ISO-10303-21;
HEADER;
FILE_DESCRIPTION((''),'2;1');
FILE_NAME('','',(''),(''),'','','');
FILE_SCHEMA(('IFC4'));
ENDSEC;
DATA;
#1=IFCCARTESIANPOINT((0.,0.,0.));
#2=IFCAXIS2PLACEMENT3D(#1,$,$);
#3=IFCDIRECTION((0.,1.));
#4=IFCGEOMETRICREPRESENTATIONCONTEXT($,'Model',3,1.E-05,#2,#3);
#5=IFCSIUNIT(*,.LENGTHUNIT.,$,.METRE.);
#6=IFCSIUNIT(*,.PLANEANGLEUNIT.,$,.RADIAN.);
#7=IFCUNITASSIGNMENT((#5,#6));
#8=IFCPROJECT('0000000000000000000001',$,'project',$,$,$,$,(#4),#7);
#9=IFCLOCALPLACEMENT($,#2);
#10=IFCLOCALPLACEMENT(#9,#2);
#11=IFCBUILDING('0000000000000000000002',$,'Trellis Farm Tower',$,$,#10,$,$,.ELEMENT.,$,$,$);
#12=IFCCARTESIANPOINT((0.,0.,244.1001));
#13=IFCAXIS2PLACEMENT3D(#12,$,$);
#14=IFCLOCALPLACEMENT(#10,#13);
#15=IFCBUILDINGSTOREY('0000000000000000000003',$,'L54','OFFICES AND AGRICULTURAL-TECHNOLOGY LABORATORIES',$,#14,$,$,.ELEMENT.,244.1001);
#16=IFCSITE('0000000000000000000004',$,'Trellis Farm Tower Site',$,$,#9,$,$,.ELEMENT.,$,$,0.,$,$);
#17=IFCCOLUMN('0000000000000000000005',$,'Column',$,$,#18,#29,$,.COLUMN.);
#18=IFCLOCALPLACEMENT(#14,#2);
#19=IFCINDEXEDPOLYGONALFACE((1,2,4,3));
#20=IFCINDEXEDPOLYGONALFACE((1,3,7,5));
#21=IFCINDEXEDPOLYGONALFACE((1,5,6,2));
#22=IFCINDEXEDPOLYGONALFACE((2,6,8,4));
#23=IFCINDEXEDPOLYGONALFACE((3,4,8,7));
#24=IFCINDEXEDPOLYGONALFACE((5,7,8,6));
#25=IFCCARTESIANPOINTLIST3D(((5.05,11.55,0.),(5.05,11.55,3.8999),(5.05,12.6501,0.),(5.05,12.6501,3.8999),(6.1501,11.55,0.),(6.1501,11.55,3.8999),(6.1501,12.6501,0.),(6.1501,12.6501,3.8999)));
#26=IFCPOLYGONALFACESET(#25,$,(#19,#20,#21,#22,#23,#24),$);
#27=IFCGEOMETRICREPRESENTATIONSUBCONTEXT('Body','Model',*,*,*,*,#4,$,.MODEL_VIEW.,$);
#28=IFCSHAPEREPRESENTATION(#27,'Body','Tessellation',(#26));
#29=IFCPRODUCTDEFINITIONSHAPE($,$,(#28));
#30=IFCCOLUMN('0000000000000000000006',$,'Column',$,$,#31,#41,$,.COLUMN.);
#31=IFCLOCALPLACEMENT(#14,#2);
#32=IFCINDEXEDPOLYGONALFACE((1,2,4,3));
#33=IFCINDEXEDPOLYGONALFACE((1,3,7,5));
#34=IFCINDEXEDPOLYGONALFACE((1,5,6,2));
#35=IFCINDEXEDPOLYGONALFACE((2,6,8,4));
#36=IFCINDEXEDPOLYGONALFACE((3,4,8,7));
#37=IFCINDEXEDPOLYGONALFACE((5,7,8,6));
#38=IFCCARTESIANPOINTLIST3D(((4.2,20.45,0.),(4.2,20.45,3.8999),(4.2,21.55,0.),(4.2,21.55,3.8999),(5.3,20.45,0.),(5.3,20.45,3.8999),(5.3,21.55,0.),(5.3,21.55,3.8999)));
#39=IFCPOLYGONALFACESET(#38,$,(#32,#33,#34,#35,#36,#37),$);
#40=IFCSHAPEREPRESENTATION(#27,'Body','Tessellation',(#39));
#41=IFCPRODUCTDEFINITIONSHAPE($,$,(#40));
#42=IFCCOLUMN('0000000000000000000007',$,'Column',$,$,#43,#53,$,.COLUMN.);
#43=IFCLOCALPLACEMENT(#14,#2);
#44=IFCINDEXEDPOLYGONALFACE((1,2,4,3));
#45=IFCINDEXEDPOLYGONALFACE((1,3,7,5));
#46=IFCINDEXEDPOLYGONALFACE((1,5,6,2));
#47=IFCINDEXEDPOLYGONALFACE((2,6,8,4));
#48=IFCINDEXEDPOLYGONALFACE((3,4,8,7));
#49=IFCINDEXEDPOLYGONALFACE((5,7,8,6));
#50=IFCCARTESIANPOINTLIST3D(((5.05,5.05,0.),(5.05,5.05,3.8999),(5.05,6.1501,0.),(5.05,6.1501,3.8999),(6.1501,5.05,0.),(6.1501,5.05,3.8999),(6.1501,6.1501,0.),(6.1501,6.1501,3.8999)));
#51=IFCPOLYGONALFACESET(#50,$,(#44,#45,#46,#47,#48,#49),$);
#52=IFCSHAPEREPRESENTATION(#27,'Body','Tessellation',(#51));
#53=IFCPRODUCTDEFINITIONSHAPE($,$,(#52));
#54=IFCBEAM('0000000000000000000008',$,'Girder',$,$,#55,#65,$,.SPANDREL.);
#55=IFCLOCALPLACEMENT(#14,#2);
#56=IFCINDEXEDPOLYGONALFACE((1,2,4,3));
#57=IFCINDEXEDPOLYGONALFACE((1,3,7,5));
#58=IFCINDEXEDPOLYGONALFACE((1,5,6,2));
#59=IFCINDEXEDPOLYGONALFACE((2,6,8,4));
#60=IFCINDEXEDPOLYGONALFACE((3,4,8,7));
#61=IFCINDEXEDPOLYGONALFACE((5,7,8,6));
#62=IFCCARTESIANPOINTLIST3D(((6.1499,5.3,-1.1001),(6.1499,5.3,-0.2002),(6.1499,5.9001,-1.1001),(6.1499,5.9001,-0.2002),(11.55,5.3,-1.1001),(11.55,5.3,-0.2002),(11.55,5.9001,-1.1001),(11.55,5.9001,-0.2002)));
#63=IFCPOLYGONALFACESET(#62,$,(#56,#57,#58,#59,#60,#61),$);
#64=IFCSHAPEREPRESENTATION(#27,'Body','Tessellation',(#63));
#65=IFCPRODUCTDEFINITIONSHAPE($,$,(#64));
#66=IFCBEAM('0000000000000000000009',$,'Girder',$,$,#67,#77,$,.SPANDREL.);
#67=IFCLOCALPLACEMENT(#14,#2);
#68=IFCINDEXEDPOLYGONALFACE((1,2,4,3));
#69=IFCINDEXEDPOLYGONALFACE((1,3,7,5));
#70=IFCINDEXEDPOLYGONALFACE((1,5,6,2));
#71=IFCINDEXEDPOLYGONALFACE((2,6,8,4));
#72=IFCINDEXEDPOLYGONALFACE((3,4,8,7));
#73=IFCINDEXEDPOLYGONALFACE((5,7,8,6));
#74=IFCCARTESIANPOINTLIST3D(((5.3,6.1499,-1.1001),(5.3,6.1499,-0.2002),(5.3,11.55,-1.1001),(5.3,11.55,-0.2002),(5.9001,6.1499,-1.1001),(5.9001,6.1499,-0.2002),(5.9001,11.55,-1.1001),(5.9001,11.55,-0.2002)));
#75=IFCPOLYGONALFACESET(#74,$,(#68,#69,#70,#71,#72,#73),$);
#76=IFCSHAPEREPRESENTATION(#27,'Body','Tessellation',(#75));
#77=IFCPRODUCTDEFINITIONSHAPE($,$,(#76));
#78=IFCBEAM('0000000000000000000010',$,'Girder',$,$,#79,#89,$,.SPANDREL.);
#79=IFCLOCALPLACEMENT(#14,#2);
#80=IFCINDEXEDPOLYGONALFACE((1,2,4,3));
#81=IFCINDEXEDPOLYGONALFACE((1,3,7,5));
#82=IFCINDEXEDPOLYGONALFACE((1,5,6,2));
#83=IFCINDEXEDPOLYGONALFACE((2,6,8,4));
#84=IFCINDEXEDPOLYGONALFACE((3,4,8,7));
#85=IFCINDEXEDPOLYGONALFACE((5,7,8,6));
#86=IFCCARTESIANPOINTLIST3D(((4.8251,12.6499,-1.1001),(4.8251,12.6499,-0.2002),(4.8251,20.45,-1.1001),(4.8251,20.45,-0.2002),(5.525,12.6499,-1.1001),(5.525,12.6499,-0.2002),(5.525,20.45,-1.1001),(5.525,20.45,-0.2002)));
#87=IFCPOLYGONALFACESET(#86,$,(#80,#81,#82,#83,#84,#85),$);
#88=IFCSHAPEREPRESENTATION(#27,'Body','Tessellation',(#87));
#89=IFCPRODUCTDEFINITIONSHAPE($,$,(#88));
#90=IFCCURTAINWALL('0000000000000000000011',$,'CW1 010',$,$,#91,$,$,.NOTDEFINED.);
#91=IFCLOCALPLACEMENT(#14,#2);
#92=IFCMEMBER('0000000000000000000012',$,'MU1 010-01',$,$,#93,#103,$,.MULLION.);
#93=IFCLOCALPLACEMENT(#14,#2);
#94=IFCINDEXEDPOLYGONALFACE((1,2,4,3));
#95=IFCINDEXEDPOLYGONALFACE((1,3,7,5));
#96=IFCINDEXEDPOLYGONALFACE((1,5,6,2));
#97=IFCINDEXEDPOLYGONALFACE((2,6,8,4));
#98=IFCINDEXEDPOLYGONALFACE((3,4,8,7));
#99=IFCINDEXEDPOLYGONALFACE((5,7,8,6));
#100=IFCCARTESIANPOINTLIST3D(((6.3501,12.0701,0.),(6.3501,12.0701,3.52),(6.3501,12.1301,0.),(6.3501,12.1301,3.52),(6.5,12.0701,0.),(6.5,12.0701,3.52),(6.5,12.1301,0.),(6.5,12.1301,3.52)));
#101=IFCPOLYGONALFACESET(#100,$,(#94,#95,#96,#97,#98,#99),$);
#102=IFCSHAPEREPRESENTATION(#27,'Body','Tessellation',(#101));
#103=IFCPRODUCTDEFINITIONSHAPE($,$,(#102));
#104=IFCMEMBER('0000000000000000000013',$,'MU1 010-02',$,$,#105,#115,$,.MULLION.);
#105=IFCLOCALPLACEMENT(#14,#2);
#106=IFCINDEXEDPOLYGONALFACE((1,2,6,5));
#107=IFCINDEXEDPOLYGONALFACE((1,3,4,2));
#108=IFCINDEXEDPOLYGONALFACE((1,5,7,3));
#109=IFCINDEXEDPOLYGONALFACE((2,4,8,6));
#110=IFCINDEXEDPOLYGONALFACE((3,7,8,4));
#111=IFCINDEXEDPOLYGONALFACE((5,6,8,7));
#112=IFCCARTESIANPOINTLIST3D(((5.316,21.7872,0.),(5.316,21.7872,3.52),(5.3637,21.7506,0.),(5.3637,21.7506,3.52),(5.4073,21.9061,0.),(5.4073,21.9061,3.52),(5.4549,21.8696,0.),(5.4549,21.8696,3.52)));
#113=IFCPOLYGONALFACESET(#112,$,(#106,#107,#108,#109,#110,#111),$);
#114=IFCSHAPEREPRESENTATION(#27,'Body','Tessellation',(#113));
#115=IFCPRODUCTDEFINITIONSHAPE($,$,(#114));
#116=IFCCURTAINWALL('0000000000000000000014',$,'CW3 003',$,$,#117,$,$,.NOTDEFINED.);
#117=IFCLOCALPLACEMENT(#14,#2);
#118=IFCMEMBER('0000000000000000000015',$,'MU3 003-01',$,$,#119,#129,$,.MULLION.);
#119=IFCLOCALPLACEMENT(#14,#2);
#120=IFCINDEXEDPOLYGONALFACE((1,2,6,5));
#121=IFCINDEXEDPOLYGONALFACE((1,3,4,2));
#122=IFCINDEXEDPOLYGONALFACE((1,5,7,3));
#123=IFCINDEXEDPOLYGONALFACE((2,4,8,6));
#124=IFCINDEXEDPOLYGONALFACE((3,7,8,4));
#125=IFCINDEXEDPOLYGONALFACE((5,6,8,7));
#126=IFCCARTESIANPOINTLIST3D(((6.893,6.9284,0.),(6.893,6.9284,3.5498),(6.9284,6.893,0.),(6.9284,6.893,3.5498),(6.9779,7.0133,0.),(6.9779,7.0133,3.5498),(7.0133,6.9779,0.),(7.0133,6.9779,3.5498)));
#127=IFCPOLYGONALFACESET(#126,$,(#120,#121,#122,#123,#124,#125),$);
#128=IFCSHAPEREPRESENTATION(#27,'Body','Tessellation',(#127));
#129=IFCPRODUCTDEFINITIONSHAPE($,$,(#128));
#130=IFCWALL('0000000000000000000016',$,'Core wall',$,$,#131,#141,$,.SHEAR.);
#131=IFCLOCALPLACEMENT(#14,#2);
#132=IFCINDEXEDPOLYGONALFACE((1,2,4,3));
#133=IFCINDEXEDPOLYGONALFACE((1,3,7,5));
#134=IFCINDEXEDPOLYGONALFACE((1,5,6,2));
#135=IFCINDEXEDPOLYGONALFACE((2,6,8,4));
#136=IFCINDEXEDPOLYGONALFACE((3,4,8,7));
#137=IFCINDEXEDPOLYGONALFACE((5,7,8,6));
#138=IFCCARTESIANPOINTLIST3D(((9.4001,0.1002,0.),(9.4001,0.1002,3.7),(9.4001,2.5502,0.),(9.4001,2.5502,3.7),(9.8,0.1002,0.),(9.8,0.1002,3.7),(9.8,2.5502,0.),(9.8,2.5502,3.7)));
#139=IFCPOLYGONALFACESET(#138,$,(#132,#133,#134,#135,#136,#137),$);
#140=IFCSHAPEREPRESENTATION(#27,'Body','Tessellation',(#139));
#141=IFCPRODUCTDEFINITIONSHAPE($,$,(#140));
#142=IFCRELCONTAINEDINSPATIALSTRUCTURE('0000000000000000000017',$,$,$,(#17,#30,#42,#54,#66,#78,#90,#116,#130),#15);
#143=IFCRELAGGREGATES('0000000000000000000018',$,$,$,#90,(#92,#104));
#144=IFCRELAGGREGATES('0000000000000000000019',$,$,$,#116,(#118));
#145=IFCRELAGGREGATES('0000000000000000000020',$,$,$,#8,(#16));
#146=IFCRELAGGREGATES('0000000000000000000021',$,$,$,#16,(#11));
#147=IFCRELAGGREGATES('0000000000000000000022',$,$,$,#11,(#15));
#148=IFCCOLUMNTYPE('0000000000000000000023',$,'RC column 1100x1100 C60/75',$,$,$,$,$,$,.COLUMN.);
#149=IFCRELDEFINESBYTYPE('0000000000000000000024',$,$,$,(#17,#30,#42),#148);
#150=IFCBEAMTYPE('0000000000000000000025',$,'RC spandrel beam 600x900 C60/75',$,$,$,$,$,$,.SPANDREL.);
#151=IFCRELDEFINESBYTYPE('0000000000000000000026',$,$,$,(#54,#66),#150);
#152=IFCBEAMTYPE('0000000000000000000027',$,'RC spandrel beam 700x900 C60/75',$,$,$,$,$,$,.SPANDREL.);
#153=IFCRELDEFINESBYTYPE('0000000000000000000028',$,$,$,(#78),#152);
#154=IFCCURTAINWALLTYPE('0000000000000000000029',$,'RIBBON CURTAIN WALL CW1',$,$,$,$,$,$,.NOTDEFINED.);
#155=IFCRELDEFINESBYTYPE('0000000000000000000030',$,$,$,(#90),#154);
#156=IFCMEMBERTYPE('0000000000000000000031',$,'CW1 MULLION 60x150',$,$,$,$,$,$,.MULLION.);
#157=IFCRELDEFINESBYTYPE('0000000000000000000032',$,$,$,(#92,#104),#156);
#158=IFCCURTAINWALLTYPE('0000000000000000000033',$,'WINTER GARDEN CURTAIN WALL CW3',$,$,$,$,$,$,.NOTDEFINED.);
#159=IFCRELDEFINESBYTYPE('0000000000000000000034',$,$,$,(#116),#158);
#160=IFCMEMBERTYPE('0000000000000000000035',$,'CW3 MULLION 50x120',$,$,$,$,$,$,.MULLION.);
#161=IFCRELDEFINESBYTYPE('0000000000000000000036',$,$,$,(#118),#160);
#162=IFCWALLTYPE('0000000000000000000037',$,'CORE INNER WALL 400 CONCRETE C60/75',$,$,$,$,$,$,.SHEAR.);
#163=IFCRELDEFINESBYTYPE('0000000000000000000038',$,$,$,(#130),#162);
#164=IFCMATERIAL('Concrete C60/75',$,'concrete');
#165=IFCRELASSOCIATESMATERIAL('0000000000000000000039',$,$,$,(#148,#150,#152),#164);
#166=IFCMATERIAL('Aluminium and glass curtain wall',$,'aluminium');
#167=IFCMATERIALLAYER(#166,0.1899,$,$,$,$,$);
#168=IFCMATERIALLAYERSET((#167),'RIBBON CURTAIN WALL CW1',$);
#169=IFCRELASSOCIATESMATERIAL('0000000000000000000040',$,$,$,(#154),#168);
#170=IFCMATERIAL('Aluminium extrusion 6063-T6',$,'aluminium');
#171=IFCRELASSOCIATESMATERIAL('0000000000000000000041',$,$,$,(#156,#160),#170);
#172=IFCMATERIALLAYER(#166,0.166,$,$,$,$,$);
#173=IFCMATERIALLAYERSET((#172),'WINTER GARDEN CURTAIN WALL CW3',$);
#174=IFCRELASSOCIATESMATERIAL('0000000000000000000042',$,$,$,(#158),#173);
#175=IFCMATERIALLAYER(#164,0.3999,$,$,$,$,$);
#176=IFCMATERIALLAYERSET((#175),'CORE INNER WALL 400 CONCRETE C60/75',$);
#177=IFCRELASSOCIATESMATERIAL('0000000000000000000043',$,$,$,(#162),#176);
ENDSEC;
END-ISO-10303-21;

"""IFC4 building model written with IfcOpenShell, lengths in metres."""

from ifc_helpers import new_model, si_unit, direction, frame, frame_2d, origin, origin_2d, place, context, subcontext, project, spatial, rectangle, extrude, source, transform, mapped, material, layer, layer_set, material_profile, profile_set, type_object, element, aggregate, save


model = new_model("IFC4")

# Units and contexts
model_context = context("Model", 3, precision=1e-05, world=origin(), true_north=direction((0.0, 1.0)))
body_context = subcontext(model_context, "Body", "Model", "MODEL_VIEW")
ifc_project = project(units=[si_unit("LENGTHUNIT", "METRE"), si_unit("PLANEANGLEUNIT", "RADIAN")], contexts=[model_context])

# Site, building, storey
site_placement = place(None, origin())
site = spatial("IfcSite", under=ifc_project, at=site_placement, Name="Trellis Farm Tower Site", CompositionType="ELEMENT", RefElevation=0.0)
building_placement = place(site_placement, origin())
building = spatial("IfcBuilding", under=site, at=building_placement, Name="Trellis Farm Tower", CompositionType="ELEMENT")
storey_placement = place(building_placement, frame((0.0, 0.0, 244.1001)))
storey = spatial("IfcBuildingStorey", under=building, at=storey_placement, Name="L54", Description="OFFICES AND AGRICULTURAL-TECHNOLOGY LABORATORIES", CompositionType="ELEMENT", Elevation=244.1001)

# Columns
ifc_material_1 = material(Name="Concrete C60/75", Category="concrete")
ifc_material_profile_1 = material_profile(ifc_material_1, rectangle(XDim=1.1001, YDim=1.1001, at=origin_2d()), Name="RC column 1100x1100 C60/75")
ifc_profile_set_1 = profile_set([ifc_material_profile_1], Name="Concrete C60/75")
column_type = type_object("IfcColumnType", Name="RC column 1100x1100 C60/75", PredefinedType="COLUMN", material=ifc_profile_set_1)
shared_shape_1 = source(origin(), body_context, "Body", "SweptSolid", [
    extrude(rectangle(XDim=1.1001, YDim=1.1001, at=origin_2d()), origin(), (0.0, 0.0, 1.0), 3.8999),
])
for number, where, z_axis, x_axis, name in (
    (1, (5.6001, 12.1001, 0.0), (0.0, 0.0, 1.0), (1.0, 0.0, 0.0), "Column"),
    (2, (4.75, 21.0, 0.0), (0.0, 0.0, 1.0), (1.0, 0.0, 0.0), "Column"),
    (3, (5.6001, 5.6001, 0.0), (0.0, 0.0, 1.0), (1.0, 0.0, 0.0), "Column"),
):
    element("IfcColumn", number, at=place(storey_placement, frame(where, z_axis=z_axis, x_axis=x_axis)), inside=storey, type_object=column_type, Name=name, PredefinedType="COLUMN", context=body_context, shape_type="MappedRepresentation", body=[
        mapped(shared_shape_1, transform((0.0, 0.0, 0.0))),
    ])

# Beams
ifc_material_profile_2 = material_profile(ifc_material_1, rectangle(XDim=0.6001, YDim=0.8999, at=origin_2d()), Name="RC spandrel beam 600x900 C60/75")
ifc_profile_set_2 = profile_set([ifc_material_profile_2], Name="Concrete C60/75")
beam_type_1 = type_object("IfcBeamType", Name="RC spandrel beam 600x900 C60/75", PredefinedType="SPANDREL", material=ifc_profile_set_2)
shared_shape_2 = source(origin(), body_context, "Body", "SweptSolid", [
    extrude(rectangle(XDim=0.6001, YDim=0.8999, at=origin_2d()), origin(), (0.0, 0.0, 1.0), 5.4001),
])
for number, where, z_axis, x_axis, name in (
    (4, (6.1499, 5.6001, -0.6501), (1.0, 0.0, 0.0), (0.0, 1.0, 0.0), "Girder"),
    (5, (5.6001, 6.1499, -0.6501), (0.0, 1.0, 0.0), (-1.0, 0.0, 0.0), "Girder"),
):
    element("IfcBeam", number, at=place(storey_placement, frame(where, z_axis=z_axis, x_axis=x_axis)), inside=storey, type_object=beam_type_1, Name=name, PredefinedType="SPANDREL", context=body_context, shape_type="MappedRepresentation", body=[
        mapped(shared_shape_2, transform((0.0, 0.0, 0.0))),
    ])
ifc_material_profile_3 = material_profile(ifc_material_1, rectangle(XDim=0.7, YDim=0.8999, at=origin_2d()), Name="RC spandrel beam 700x900 C60/75")
ifc_profile_set_3 = profile_set([ifc_material_profile_3], Name="Concrete C60/75")
beam_type_2 = type_object("IfcBeamType", Name="RC spandrel beam 700x900 C60/75", PredefinedType="SPANDREL", material=ifc_profile_set_3)
shared_shape_3 = source(origin(), body_context, "Body", "SweptSolid", [
    extrude(rectangle(XDim=0.7, YDim=0.8999, at=origin_2d()), origin(), (0.0, 0.0, 1.0), 7.8),
])
beam_placement = place(storey_placement, frame((5.175, 12.6499, -0.6501), z_axis=(0.0, 1.0, 0.0), x_axis=(-1.0, 0.0, 0.0)))
element("IfcBeam", 6, at=beam_placement, inside=storey, type_object=beam_type_2, Name="Girder", PredefinedType="SPANDREL", context=body_context, shape_type="MappedRepresentation", body=[
    mapped(shared_shape_3, transform((0.0, 0.0, 0.0))),
])

# Curtain wall, members
ifc_material_2 = material(Name="Aluminium and glass curtain wall", Category="aluminium")
ifc_layer_1 = layer(ifc_material_2, 0.1899)
ifc_layer_set_1 = layer_set([ifc_layer_1], Name="RIBBON CURTAIN WALL CW1")
curtain_wall_type_1 = type_object("IfcCurtainWallType", Name="RIBBON CURTAIN WALL CW1", PredefinedType="NOTDEFINED", material=ifc_layer_set_1)
placement = place(storey_placement, origin())
curtain_wall_1 = element("IfcCurtainWall", 7, at=placement, inside=storey, type_object=curtain_wall_type_1, Name="CW1 010", PredefinedType="NOTDEFINED")
ifc_material_3 = material(Name="Aluminium extrusion 6063-T6", Category="aluminium")
ifc_material_profile_4 = material_profile(ifc_material_3, rectangle(XDim=0.0601, YDim=0.1499, at=origin_2d()), Name="MULLION 60x150")
ifc_profile_set_4 = profile_set([ifc_material_profile_4], Name="Aluminium extrusion 6063-T6")
member_type_1 = type_object("IfcMemberType", Name="CW1 MULLION 60x150", PredefinedType="MULLION", material=ifc_profile_set_4)
shared_shape_4 = source(origin(), body_context, "Body", "SweptSolid", [
    extrude(rectangle(XDim=0.0601, YDim=0.1499, at=origin_2d()), origin(), (0.0, 0.0, 1.0), 3.52),
])
member_1_placement = place(storey_placement, frame((6.425, 12.1001, 0.0), z_axis=(0.0, 0.0, 1.0), x_axis=(0.0, 1.0, 0.0)))
member_1 = element("IfcMember", 8, at=member_1_placement, type_object=member_type_1, Name="MU1 010-01", PredefinedType="MULLION", context=body_context, shape_type="MappedRepresentation", body=[
    mapped(shared_shape_4, transform((0.0, 0.0, 0.0))),
])
member_2_placement = place(storey_placement, frame((5.3855, 21.8284, 0.0), z_axis=(0.0, 0.0, 1.0), x_axis=(-0.793353, 0.608761, 0.0)))
member_2 = element("IfcMember", 9, at=member_2_placement, type_object=member_type_1, Name="MU1 010-02", PredefinedType="MULLION", context=body_context, shape_type="MappedRepresentation", body=[
    mapped(shared_shape_4, transform((0.0, 0.0, 0.0))),
])
aggregate(curtain_wall_1, [member_1, member_2])

# Curtain wall, member
ifc_layer_2 = layer(ifc_material_2, 0.166)
ifc_layer_set_2 = layer_set([ifc_layer_2], Name="WINTER GARDEN CURTAIN WALL CW3")
curtain_wall_type_2 = type_object("IfcCurtainWallType", Name="WINTER GARDEN CURTAIN WALL CW3", PredefinedType="NOTDEFINED", material=ifc_layer_set_2)
curtain_wall_2 = element("IfcCurtainWall", 10, at=placement, inside=storey, type_object=curtain_wall_type_2, Name="CW3 003", PredefinedType="NOTDEFINED")
ifc_material_profile_5 = material_profile(ifc_material_3, rectangle(XDim=0.05, YDim=0.1201, at=origin_2d()), Name="MULLION 50x120")
ifc_profile_set_5 = profile_set([ifc_material_profile_5], Name="Aluminium extrusion 6063-T6")
member_type_2 = type_object("IfcMemberType", Name="CW3 MULLION 50x120", PredefinedType="MULLION", material=ifc_profile_set_5)
shared_shape_5 = source(origin(), body_context, "Body", "SweptSolid", [
    extrude(rectangle(XDim=0.05, YDim=0.1201, at=origin_2d()), origin(), (0.0, 0.0, 1.0), 3.5498),
])
member_3_placement = place(storey_placement, frame((6.9531, 6.9531, 0.0), z_axis=(0.0, 0.0, 1.0), x_axis=(-0.707107, 0.707107, 0.0)))
member_3 = element("IfcMember", 11, at=member_3_placement, type_object=member_type_2, Name="MU3 003-01", PredefinedType="MULLION", context=body_context, shape_type="MappedRepresentation", body=[
    mapped(shared_shape_5, transform((0.0, 0.0, 0.0))),
])
aggregate(curtain_wall_2, [member_3])

# Wall
ifc_layer_3 = layer(ifc_material_1, 0.3999)
ifc_layer_set_3 = layer_set([ifc_layer_3], Name="CORE INNER WALL 400 CONCRETE C60/75")
wall_type_1 = type_object("IfcWallType", Name="CORE INNER WALL 400 CONCRETE C60/75", PredefinedType="SHEAR", material=ifc_layer_set_3)
shared_shape_6 = source(origin(), body_context, "Body", "SweptSolid", [
    extrude(rectangle(XDim=2.45, YDim=0.3999, at=frame_2d((1.2251, 0.0))), origin(), (0.0, 0.0, 1.0), 3.7),
])
wall_1_placement = place(storey_placement, frame((9.6001, 0.1001, 0.0), z_axis=(0.0, 0.0, 1.0), x_axis=(0.0, 1.0, 0.0)))
element("IfcWall", 12, at=wall_1_placement, inside=storey, type_object=wall_type_1, Name="Core wall", PredefinedType="SHEAR", context=body_context, shape_type="MappedRepresentation", body=[
    mapped(shared_shape_6, transform((0.0, 0.0, 0.0))),
])

save(model, "model.ifc")
